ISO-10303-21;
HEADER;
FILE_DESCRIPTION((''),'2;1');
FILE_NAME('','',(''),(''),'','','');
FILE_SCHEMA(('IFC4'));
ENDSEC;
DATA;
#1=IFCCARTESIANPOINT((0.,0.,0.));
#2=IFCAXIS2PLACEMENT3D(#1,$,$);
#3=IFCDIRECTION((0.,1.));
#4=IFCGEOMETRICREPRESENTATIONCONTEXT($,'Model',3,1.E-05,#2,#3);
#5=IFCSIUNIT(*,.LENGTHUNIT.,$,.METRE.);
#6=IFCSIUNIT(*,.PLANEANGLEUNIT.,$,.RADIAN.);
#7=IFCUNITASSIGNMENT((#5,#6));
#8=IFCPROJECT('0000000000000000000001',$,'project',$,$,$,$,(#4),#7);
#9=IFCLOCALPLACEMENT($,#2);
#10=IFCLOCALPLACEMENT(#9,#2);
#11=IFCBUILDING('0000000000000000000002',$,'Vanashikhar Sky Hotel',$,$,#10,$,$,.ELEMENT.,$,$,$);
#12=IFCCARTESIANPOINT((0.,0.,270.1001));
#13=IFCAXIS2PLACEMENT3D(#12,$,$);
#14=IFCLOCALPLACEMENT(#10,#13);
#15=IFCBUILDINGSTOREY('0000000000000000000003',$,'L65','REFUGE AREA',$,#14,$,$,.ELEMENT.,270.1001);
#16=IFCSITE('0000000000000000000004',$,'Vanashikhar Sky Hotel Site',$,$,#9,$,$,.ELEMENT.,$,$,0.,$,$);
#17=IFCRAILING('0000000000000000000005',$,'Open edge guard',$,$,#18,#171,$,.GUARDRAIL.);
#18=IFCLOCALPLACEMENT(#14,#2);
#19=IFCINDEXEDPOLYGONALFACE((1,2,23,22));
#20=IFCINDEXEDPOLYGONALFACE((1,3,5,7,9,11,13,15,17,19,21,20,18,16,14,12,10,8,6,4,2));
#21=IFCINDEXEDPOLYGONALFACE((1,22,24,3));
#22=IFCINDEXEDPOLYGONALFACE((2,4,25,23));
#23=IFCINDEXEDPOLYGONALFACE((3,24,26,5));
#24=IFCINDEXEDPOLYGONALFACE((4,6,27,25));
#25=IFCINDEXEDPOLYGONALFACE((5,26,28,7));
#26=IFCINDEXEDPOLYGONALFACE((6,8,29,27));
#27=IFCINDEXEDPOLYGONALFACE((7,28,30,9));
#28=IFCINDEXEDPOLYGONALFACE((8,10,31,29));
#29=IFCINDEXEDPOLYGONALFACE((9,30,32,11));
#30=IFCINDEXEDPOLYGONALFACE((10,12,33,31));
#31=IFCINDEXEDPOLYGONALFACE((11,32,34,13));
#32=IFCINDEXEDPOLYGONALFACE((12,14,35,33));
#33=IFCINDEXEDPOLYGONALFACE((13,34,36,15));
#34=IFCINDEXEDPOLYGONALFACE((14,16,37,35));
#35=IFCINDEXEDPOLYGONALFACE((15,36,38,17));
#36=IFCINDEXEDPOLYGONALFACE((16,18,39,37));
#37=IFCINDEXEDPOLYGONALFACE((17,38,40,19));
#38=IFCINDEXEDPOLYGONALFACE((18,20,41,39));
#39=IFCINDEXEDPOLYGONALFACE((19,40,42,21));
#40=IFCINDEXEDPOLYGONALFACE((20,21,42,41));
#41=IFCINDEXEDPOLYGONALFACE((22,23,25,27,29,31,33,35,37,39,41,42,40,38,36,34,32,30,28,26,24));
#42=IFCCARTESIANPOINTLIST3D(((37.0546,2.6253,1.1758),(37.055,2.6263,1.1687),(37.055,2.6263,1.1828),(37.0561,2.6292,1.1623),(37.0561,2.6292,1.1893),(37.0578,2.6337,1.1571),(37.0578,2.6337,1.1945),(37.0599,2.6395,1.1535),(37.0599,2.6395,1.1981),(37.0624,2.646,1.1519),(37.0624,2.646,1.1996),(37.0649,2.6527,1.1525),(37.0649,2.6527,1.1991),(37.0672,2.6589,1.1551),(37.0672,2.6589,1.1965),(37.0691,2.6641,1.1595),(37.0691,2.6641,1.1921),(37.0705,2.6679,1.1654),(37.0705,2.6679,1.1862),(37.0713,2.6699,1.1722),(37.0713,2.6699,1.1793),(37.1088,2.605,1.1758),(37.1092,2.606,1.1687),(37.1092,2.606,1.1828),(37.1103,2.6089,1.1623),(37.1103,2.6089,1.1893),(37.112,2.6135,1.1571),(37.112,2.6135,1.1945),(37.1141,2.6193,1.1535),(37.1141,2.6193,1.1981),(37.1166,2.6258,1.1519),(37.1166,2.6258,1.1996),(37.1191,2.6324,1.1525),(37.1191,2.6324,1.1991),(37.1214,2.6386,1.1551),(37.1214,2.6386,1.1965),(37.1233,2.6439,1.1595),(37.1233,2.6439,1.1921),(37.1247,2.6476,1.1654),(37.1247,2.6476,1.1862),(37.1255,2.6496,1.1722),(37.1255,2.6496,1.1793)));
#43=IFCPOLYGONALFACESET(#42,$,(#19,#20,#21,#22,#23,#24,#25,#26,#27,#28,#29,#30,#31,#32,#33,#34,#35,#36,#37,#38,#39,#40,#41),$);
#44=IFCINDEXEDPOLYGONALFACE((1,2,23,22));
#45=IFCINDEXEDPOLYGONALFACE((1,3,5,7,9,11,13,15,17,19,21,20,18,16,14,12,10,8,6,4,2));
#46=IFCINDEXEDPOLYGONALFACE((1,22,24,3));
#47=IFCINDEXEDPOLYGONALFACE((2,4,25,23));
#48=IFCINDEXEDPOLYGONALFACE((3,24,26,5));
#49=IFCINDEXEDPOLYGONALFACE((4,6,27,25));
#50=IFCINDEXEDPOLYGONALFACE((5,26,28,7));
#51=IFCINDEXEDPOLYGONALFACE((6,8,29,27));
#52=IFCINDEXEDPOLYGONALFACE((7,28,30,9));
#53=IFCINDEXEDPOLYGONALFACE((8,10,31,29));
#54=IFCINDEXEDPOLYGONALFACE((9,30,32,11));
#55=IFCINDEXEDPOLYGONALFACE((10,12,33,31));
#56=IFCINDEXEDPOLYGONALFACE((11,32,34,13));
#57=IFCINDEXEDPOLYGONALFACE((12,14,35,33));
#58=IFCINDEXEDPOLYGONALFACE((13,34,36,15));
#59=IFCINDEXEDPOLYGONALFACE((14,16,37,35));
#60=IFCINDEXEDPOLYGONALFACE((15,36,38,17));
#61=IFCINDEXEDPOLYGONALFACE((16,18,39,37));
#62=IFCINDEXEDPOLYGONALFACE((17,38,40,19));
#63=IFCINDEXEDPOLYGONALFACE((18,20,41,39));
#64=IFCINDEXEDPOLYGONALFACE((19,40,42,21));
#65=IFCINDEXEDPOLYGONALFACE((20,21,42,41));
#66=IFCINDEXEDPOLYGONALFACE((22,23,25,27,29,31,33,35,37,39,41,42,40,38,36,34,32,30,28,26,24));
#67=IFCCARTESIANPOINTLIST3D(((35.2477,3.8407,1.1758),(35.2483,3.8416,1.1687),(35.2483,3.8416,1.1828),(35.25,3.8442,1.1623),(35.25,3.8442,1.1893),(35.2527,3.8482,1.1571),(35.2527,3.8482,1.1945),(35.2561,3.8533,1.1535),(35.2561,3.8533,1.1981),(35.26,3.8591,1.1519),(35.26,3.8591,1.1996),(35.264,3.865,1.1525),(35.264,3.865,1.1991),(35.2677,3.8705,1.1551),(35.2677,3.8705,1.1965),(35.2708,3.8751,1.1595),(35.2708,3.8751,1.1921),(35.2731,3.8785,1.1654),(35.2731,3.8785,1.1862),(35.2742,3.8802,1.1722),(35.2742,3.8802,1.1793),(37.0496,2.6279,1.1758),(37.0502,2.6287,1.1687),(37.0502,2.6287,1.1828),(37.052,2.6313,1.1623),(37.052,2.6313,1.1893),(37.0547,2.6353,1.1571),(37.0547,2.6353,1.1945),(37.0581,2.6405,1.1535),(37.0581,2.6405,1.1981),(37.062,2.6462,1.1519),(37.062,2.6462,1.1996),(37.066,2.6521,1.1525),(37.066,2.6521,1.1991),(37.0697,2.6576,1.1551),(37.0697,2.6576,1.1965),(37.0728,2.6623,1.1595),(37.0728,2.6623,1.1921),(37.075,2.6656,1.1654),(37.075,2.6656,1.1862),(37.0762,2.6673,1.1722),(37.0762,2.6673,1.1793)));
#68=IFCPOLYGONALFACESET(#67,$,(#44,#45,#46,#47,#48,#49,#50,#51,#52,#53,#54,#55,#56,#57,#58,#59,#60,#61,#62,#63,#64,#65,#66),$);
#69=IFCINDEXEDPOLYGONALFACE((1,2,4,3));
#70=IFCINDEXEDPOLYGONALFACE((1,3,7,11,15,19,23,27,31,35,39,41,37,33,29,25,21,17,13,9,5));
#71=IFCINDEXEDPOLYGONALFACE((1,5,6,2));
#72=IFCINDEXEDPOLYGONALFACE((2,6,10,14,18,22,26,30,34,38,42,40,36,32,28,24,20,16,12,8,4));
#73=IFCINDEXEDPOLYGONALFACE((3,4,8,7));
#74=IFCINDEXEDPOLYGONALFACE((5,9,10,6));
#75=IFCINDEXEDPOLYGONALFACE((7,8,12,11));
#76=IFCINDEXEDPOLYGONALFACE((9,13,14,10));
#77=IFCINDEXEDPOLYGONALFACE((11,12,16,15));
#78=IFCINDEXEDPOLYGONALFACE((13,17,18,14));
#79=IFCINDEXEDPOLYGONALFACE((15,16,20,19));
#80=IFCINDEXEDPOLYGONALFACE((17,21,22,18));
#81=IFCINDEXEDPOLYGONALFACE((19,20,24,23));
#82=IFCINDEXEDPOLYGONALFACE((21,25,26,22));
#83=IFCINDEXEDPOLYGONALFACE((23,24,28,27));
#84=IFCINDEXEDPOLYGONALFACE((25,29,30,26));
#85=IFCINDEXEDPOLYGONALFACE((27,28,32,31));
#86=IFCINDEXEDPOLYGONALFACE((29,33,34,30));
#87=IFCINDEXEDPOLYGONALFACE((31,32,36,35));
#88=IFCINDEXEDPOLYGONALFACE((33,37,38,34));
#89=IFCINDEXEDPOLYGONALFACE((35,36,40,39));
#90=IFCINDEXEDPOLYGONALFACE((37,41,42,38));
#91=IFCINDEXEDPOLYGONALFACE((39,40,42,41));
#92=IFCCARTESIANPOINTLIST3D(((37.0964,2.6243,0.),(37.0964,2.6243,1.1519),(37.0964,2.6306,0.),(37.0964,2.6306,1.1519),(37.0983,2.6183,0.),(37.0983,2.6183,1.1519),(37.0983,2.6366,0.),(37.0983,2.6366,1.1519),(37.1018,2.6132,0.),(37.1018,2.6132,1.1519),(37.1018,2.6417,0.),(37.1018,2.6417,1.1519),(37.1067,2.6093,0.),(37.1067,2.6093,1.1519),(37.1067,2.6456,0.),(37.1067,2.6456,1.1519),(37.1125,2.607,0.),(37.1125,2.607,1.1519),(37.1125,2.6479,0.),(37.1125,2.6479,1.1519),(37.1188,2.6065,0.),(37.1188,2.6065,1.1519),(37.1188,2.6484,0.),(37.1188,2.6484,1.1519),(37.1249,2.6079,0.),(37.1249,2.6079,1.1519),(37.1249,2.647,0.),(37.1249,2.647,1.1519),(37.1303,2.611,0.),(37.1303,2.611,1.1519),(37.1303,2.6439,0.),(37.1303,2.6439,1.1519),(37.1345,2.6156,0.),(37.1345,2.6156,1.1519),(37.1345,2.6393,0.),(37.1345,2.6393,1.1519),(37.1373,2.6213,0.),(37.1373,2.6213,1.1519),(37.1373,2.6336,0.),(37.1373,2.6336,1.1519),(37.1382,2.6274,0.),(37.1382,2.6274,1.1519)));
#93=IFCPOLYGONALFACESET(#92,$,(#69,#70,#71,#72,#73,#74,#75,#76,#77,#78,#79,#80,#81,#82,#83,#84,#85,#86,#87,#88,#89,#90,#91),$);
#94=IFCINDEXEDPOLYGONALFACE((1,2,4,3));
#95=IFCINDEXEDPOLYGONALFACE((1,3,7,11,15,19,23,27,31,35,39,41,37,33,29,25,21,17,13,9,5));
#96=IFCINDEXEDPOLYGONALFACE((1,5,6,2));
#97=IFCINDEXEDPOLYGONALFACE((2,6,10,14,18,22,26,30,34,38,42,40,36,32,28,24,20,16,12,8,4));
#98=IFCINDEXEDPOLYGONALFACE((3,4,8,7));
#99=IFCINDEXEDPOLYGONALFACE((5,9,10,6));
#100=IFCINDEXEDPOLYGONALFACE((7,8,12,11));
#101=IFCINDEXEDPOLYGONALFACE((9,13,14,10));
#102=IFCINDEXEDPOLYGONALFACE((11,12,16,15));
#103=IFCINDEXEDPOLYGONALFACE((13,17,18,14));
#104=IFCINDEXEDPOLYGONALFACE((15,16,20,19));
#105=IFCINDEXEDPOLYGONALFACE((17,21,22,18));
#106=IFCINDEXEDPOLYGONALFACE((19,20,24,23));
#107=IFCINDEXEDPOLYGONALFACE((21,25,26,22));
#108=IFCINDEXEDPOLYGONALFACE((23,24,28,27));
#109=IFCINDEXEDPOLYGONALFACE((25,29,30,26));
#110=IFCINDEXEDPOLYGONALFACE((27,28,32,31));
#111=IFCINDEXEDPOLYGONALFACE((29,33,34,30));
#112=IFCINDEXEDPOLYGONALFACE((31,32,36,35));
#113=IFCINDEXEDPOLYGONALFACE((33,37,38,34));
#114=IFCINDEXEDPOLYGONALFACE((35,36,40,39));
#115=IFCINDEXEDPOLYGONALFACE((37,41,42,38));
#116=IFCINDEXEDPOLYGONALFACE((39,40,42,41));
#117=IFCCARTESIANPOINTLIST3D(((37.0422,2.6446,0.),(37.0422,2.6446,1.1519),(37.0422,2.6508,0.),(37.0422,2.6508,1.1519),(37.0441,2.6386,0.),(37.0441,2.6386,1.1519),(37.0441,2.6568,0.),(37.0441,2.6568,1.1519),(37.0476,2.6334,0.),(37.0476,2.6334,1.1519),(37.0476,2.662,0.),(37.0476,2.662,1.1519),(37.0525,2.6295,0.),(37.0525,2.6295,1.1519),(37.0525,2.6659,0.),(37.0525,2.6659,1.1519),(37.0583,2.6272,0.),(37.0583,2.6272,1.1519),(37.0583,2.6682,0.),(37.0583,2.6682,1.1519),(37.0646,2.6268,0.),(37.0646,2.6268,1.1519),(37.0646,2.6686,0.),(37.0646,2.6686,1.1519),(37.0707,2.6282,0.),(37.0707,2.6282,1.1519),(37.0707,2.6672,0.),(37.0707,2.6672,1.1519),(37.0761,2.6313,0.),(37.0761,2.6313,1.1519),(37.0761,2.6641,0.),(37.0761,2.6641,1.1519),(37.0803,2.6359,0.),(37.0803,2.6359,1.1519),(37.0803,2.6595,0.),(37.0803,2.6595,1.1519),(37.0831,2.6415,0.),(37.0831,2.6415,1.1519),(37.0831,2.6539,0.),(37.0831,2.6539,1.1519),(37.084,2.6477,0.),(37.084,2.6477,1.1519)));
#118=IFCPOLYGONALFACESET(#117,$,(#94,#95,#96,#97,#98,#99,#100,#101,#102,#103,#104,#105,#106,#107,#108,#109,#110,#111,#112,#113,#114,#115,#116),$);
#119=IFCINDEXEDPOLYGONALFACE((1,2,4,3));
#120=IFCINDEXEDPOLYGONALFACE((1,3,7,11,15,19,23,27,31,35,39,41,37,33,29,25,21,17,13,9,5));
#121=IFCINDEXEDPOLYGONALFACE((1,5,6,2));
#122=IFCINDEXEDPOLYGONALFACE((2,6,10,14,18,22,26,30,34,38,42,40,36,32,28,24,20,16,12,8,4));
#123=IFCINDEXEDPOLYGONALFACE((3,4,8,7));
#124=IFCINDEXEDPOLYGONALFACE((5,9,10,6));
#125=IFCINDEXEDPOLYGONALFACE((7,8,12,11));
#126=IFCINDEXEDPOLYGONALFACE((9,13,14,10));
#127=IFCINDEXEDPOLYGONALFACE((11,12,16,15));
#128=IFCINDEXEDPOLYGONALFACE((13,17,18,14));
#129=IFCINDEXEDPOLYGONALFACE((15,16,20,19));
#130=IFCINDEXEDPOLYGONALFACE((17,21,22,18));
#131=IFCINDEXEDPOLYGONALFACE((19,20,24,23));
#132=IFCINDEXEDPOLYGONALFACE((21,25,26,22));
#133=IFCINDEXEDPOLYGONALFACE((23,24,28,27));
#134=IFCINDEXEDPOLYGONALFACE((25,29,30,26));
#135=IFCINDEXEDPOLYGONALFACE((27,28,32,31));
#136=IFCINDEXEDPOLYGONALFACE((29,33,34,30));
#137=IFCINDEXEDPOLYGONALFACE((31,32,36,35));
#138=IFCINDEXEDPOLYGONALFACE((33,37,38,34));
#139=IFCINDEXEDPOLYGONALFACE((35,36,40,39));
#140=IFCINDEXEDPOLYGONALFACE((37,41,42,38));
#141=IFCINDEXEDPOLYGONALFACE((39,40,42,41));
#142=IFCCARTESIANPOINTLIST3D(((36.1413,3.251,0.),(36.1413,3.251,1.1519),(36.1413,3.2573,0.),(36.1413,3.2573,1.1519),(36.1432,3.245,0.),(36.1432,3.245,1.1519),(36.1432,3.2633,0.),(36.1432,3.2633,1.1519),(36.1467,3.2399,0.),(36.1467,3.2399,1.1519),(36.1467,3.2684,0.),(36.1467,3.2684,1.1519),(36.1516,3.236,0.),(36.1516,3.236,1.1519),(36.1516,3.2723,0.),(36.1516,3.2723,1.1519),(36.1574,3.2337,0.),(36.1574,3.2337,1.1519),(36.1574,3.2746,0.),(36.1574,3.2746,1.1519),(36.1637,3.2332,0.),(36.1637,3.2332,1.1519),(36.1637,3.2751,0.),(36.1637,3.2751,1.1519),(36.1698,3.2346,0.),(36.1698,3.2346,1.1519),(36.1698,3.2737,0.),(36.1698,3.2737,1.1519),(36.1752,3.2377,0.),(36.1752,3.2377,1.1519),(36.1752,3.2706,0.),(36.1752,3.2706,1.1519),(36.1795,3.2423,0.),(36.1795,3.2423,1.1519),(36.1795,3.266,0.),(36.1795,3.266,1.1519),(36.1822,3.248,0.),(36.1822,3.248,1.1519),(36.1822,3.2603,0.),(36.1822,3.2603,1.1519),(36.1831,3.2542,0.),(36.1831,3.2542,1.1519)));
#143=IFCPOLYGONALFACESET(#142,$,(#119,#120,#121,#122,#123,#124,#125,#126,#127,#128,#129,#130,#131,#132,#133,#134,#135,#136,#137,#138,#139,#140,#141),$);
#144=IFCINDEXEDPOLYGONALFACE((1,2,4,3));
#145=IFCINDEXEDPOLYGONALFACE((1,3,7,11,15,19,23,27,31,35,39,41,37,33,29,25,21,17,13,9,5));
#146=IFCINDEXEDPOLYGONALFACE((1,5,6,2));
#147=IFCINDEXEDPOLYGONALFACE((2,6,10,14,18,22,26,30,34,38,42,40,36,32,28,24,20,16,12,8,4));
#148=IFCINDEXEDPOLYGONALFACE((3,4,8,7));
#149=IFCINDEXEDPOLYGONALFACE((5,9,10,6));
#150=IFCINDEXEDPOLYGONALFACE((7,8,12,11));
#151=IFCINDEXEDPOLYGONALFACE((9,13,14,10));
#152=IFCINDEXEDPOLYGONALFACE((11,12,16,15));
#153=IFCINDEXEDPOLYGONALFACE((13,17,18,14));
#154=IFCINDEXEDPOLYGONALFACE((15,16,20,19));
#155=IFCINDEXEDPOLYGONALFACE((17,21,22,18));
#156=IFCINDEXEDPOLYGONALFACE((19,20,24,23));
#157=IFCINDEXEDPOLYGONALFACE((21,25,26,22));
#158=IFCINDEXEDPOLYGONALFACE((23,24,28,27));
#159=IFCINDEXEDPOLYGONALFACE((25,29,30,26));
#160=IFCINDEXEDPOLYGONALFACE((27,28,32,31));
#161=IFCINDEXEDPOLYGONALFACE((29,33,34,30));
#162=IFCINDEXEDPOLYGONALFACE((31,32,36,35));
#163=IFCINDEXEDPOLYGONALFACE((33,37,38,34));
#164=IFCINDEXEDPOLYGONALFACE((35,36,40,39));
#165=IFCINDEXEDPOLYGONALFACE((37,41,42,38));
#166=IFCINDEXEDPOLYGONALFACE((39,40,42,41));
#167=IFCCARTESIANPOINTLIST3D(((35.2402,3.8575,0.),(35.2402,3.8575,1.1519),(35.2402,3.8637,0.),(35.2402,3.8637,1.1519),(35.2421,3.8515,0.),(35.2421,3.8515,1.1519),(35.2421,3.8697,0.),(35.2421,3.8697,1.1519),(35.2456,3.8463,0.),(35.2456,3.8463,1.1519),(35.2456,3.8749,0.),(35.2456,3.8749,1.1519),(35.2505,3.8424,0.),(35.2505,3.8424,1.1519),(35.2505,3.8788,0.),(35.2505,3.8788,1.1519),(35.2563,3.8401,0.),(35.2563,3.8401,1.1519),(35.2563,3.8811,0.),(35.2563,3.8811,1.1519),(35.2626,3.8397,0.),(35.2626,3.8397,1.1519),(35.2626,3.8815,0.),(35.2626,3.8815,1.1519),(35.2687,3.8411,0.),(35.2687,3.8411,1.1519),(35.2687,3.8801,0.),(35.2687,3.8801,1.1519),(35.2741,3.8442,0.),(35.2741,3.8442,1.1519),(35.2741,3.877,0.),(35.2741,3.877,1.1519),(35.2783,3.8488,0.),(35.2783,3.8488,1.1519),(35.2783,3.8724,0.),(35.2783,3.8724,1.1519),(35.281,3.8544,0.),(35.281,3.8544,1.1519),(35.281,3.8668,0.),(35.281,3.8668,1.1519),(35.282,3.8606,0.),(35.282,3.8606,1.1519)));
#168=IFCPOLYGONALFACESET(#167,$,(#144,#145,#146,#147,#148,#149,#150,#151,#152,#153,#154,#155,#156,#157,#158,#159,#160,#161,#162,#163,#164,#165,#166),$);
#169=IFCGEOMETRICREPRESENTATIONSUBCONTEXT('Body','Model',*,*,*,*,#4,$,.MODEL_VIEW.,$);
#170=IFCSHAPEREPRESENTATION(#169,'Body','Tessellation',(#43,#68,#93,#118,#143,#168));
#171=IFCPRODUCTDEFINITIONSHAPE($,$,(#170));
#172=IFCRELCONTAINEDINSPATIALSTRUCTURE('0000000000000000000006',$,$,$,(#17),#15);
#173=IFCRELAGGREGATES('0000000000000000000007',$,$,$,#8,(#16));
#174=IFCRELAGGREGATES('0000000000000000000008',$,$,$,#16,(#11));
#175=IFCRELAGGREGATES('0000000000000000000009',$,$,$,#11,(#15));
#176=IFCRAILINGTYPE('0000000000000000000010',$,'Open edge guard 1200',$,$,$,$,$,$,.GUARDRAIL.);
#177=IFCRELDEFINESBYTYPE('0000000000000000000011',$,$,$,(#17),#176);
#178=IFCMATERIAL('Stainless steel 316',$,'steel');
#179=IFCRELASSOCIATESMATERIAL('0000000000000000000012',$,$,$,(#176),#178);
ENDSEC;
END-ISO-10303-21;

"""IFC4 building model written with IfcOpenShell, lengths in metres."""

from ifc_helpers import new_model, si_unit, direction, frame, origin, origin_2d, place, context, subcontext, project, spatial, circle, extrude, source, transform, mapped, material, type_object, element, save


model = new_model("IFC4")

# Units and contexts
model_context = context("Model", 3, precision=1e-05, world=origin(), true_north=direction((0.0, 1.0)))
body_context = subcontext(model_context, "Body", "Model", "MODEL_VIEW")
ifc_project = project(units=[si_unit("LENGTHUNIT", "METRE"), si_unit("PLANEANGLEUNIT", "RADIAN")], contexts=[model_context])

# Site, building, storey
site_placement = place(None, origin())
site = spatial("IfcSite", under=ifc_project, at=site_placement, Name="Vanashikhar Sky Hotel Site", CompositionType="ELEMENT", RefElevation=0.0)
building_placement = place(site_placement, origin())
building = spatial("IfcBuilding", under=site, at=building_placement, Name="Vanashikhar Sky Hotel", CompositionType="ELEMENT")
storey_placement = place(building_placement, frame((0.0, 0.0, 270.1001)))
storey = spatial("IfcBuildingStorey", under=building, at=storey_placement, Name="L65", Description="REFUGE AREA", CompositionType="ELEMENT", Elevation=270.1001)

# Railing
ifc_material_1 = material(Name="Stainless steel 316", Category="steel")
railing_type = type_object("IfcRailingType", Name="Open edge guard 1200", PredefinedType="GUARDRAIL", material=ifc_material_1)
shared_shape_1 = source(origin(), body_context, "Body", "SweptSolid", [
    extrude(circle(Radius=0.0239, at=origin_2d()), frame((0.0, 0.0, 1.1758), z_axis=(-0.936676, 0.350199, 0.0), x_axis=(-0.350199, -0.936676, 0.0)), (0.0, 0.0, 1.0), 0.0579),
    extrude(circle(Radius=0.0239, at=origin_2d()), frame((-0.0542, 0.0203, 1.1758), z_axis=(-0.829587, 0.558378, 0.0), x_axis=(-0.558378, -0.829587, 0.0)), (0.0, 0.0, 1.0), 2.1721),
    extrude(circle(Radius=0.021, at=origin_2d()), origin(), (0.0, 0.0, 1.0), 1.1519),
    extrude(circle(Radius=0.021, at=origin_2d()), frame((-0.0542, 0.0203, 0.0)), (0.0, 0.0, 1.0), 1.1519),
    extrude(circle(Radius=0.021, at=origin_2d()), frame((-0.9551, 0.6267, 0.0)), (0.0, 0.0, 1.0), 1.1519),
    extrude(circle(Radius=0.021, at=origin_2d()), frame((-1.8562, 1.2332, 0.0)), (0.0, 0.0, 1.0), 1.1519),
])
railing_1_placement = place(storey_placement, frame((37.1172, 2.6274, 0.0)))
element("IfcRailing", 1, at=railing_1_placement, inside=storey, type_object=railing_type, Name="Open edge guard", PredefinedType="GUARDRAIL", context=body_context, shape_type="MappedRepresentation", body=[
    mapped(shared_shape_1, transform((0.0, 0.0, 0.0), scale=1.0)),
])

save(model, "model.ifc")
